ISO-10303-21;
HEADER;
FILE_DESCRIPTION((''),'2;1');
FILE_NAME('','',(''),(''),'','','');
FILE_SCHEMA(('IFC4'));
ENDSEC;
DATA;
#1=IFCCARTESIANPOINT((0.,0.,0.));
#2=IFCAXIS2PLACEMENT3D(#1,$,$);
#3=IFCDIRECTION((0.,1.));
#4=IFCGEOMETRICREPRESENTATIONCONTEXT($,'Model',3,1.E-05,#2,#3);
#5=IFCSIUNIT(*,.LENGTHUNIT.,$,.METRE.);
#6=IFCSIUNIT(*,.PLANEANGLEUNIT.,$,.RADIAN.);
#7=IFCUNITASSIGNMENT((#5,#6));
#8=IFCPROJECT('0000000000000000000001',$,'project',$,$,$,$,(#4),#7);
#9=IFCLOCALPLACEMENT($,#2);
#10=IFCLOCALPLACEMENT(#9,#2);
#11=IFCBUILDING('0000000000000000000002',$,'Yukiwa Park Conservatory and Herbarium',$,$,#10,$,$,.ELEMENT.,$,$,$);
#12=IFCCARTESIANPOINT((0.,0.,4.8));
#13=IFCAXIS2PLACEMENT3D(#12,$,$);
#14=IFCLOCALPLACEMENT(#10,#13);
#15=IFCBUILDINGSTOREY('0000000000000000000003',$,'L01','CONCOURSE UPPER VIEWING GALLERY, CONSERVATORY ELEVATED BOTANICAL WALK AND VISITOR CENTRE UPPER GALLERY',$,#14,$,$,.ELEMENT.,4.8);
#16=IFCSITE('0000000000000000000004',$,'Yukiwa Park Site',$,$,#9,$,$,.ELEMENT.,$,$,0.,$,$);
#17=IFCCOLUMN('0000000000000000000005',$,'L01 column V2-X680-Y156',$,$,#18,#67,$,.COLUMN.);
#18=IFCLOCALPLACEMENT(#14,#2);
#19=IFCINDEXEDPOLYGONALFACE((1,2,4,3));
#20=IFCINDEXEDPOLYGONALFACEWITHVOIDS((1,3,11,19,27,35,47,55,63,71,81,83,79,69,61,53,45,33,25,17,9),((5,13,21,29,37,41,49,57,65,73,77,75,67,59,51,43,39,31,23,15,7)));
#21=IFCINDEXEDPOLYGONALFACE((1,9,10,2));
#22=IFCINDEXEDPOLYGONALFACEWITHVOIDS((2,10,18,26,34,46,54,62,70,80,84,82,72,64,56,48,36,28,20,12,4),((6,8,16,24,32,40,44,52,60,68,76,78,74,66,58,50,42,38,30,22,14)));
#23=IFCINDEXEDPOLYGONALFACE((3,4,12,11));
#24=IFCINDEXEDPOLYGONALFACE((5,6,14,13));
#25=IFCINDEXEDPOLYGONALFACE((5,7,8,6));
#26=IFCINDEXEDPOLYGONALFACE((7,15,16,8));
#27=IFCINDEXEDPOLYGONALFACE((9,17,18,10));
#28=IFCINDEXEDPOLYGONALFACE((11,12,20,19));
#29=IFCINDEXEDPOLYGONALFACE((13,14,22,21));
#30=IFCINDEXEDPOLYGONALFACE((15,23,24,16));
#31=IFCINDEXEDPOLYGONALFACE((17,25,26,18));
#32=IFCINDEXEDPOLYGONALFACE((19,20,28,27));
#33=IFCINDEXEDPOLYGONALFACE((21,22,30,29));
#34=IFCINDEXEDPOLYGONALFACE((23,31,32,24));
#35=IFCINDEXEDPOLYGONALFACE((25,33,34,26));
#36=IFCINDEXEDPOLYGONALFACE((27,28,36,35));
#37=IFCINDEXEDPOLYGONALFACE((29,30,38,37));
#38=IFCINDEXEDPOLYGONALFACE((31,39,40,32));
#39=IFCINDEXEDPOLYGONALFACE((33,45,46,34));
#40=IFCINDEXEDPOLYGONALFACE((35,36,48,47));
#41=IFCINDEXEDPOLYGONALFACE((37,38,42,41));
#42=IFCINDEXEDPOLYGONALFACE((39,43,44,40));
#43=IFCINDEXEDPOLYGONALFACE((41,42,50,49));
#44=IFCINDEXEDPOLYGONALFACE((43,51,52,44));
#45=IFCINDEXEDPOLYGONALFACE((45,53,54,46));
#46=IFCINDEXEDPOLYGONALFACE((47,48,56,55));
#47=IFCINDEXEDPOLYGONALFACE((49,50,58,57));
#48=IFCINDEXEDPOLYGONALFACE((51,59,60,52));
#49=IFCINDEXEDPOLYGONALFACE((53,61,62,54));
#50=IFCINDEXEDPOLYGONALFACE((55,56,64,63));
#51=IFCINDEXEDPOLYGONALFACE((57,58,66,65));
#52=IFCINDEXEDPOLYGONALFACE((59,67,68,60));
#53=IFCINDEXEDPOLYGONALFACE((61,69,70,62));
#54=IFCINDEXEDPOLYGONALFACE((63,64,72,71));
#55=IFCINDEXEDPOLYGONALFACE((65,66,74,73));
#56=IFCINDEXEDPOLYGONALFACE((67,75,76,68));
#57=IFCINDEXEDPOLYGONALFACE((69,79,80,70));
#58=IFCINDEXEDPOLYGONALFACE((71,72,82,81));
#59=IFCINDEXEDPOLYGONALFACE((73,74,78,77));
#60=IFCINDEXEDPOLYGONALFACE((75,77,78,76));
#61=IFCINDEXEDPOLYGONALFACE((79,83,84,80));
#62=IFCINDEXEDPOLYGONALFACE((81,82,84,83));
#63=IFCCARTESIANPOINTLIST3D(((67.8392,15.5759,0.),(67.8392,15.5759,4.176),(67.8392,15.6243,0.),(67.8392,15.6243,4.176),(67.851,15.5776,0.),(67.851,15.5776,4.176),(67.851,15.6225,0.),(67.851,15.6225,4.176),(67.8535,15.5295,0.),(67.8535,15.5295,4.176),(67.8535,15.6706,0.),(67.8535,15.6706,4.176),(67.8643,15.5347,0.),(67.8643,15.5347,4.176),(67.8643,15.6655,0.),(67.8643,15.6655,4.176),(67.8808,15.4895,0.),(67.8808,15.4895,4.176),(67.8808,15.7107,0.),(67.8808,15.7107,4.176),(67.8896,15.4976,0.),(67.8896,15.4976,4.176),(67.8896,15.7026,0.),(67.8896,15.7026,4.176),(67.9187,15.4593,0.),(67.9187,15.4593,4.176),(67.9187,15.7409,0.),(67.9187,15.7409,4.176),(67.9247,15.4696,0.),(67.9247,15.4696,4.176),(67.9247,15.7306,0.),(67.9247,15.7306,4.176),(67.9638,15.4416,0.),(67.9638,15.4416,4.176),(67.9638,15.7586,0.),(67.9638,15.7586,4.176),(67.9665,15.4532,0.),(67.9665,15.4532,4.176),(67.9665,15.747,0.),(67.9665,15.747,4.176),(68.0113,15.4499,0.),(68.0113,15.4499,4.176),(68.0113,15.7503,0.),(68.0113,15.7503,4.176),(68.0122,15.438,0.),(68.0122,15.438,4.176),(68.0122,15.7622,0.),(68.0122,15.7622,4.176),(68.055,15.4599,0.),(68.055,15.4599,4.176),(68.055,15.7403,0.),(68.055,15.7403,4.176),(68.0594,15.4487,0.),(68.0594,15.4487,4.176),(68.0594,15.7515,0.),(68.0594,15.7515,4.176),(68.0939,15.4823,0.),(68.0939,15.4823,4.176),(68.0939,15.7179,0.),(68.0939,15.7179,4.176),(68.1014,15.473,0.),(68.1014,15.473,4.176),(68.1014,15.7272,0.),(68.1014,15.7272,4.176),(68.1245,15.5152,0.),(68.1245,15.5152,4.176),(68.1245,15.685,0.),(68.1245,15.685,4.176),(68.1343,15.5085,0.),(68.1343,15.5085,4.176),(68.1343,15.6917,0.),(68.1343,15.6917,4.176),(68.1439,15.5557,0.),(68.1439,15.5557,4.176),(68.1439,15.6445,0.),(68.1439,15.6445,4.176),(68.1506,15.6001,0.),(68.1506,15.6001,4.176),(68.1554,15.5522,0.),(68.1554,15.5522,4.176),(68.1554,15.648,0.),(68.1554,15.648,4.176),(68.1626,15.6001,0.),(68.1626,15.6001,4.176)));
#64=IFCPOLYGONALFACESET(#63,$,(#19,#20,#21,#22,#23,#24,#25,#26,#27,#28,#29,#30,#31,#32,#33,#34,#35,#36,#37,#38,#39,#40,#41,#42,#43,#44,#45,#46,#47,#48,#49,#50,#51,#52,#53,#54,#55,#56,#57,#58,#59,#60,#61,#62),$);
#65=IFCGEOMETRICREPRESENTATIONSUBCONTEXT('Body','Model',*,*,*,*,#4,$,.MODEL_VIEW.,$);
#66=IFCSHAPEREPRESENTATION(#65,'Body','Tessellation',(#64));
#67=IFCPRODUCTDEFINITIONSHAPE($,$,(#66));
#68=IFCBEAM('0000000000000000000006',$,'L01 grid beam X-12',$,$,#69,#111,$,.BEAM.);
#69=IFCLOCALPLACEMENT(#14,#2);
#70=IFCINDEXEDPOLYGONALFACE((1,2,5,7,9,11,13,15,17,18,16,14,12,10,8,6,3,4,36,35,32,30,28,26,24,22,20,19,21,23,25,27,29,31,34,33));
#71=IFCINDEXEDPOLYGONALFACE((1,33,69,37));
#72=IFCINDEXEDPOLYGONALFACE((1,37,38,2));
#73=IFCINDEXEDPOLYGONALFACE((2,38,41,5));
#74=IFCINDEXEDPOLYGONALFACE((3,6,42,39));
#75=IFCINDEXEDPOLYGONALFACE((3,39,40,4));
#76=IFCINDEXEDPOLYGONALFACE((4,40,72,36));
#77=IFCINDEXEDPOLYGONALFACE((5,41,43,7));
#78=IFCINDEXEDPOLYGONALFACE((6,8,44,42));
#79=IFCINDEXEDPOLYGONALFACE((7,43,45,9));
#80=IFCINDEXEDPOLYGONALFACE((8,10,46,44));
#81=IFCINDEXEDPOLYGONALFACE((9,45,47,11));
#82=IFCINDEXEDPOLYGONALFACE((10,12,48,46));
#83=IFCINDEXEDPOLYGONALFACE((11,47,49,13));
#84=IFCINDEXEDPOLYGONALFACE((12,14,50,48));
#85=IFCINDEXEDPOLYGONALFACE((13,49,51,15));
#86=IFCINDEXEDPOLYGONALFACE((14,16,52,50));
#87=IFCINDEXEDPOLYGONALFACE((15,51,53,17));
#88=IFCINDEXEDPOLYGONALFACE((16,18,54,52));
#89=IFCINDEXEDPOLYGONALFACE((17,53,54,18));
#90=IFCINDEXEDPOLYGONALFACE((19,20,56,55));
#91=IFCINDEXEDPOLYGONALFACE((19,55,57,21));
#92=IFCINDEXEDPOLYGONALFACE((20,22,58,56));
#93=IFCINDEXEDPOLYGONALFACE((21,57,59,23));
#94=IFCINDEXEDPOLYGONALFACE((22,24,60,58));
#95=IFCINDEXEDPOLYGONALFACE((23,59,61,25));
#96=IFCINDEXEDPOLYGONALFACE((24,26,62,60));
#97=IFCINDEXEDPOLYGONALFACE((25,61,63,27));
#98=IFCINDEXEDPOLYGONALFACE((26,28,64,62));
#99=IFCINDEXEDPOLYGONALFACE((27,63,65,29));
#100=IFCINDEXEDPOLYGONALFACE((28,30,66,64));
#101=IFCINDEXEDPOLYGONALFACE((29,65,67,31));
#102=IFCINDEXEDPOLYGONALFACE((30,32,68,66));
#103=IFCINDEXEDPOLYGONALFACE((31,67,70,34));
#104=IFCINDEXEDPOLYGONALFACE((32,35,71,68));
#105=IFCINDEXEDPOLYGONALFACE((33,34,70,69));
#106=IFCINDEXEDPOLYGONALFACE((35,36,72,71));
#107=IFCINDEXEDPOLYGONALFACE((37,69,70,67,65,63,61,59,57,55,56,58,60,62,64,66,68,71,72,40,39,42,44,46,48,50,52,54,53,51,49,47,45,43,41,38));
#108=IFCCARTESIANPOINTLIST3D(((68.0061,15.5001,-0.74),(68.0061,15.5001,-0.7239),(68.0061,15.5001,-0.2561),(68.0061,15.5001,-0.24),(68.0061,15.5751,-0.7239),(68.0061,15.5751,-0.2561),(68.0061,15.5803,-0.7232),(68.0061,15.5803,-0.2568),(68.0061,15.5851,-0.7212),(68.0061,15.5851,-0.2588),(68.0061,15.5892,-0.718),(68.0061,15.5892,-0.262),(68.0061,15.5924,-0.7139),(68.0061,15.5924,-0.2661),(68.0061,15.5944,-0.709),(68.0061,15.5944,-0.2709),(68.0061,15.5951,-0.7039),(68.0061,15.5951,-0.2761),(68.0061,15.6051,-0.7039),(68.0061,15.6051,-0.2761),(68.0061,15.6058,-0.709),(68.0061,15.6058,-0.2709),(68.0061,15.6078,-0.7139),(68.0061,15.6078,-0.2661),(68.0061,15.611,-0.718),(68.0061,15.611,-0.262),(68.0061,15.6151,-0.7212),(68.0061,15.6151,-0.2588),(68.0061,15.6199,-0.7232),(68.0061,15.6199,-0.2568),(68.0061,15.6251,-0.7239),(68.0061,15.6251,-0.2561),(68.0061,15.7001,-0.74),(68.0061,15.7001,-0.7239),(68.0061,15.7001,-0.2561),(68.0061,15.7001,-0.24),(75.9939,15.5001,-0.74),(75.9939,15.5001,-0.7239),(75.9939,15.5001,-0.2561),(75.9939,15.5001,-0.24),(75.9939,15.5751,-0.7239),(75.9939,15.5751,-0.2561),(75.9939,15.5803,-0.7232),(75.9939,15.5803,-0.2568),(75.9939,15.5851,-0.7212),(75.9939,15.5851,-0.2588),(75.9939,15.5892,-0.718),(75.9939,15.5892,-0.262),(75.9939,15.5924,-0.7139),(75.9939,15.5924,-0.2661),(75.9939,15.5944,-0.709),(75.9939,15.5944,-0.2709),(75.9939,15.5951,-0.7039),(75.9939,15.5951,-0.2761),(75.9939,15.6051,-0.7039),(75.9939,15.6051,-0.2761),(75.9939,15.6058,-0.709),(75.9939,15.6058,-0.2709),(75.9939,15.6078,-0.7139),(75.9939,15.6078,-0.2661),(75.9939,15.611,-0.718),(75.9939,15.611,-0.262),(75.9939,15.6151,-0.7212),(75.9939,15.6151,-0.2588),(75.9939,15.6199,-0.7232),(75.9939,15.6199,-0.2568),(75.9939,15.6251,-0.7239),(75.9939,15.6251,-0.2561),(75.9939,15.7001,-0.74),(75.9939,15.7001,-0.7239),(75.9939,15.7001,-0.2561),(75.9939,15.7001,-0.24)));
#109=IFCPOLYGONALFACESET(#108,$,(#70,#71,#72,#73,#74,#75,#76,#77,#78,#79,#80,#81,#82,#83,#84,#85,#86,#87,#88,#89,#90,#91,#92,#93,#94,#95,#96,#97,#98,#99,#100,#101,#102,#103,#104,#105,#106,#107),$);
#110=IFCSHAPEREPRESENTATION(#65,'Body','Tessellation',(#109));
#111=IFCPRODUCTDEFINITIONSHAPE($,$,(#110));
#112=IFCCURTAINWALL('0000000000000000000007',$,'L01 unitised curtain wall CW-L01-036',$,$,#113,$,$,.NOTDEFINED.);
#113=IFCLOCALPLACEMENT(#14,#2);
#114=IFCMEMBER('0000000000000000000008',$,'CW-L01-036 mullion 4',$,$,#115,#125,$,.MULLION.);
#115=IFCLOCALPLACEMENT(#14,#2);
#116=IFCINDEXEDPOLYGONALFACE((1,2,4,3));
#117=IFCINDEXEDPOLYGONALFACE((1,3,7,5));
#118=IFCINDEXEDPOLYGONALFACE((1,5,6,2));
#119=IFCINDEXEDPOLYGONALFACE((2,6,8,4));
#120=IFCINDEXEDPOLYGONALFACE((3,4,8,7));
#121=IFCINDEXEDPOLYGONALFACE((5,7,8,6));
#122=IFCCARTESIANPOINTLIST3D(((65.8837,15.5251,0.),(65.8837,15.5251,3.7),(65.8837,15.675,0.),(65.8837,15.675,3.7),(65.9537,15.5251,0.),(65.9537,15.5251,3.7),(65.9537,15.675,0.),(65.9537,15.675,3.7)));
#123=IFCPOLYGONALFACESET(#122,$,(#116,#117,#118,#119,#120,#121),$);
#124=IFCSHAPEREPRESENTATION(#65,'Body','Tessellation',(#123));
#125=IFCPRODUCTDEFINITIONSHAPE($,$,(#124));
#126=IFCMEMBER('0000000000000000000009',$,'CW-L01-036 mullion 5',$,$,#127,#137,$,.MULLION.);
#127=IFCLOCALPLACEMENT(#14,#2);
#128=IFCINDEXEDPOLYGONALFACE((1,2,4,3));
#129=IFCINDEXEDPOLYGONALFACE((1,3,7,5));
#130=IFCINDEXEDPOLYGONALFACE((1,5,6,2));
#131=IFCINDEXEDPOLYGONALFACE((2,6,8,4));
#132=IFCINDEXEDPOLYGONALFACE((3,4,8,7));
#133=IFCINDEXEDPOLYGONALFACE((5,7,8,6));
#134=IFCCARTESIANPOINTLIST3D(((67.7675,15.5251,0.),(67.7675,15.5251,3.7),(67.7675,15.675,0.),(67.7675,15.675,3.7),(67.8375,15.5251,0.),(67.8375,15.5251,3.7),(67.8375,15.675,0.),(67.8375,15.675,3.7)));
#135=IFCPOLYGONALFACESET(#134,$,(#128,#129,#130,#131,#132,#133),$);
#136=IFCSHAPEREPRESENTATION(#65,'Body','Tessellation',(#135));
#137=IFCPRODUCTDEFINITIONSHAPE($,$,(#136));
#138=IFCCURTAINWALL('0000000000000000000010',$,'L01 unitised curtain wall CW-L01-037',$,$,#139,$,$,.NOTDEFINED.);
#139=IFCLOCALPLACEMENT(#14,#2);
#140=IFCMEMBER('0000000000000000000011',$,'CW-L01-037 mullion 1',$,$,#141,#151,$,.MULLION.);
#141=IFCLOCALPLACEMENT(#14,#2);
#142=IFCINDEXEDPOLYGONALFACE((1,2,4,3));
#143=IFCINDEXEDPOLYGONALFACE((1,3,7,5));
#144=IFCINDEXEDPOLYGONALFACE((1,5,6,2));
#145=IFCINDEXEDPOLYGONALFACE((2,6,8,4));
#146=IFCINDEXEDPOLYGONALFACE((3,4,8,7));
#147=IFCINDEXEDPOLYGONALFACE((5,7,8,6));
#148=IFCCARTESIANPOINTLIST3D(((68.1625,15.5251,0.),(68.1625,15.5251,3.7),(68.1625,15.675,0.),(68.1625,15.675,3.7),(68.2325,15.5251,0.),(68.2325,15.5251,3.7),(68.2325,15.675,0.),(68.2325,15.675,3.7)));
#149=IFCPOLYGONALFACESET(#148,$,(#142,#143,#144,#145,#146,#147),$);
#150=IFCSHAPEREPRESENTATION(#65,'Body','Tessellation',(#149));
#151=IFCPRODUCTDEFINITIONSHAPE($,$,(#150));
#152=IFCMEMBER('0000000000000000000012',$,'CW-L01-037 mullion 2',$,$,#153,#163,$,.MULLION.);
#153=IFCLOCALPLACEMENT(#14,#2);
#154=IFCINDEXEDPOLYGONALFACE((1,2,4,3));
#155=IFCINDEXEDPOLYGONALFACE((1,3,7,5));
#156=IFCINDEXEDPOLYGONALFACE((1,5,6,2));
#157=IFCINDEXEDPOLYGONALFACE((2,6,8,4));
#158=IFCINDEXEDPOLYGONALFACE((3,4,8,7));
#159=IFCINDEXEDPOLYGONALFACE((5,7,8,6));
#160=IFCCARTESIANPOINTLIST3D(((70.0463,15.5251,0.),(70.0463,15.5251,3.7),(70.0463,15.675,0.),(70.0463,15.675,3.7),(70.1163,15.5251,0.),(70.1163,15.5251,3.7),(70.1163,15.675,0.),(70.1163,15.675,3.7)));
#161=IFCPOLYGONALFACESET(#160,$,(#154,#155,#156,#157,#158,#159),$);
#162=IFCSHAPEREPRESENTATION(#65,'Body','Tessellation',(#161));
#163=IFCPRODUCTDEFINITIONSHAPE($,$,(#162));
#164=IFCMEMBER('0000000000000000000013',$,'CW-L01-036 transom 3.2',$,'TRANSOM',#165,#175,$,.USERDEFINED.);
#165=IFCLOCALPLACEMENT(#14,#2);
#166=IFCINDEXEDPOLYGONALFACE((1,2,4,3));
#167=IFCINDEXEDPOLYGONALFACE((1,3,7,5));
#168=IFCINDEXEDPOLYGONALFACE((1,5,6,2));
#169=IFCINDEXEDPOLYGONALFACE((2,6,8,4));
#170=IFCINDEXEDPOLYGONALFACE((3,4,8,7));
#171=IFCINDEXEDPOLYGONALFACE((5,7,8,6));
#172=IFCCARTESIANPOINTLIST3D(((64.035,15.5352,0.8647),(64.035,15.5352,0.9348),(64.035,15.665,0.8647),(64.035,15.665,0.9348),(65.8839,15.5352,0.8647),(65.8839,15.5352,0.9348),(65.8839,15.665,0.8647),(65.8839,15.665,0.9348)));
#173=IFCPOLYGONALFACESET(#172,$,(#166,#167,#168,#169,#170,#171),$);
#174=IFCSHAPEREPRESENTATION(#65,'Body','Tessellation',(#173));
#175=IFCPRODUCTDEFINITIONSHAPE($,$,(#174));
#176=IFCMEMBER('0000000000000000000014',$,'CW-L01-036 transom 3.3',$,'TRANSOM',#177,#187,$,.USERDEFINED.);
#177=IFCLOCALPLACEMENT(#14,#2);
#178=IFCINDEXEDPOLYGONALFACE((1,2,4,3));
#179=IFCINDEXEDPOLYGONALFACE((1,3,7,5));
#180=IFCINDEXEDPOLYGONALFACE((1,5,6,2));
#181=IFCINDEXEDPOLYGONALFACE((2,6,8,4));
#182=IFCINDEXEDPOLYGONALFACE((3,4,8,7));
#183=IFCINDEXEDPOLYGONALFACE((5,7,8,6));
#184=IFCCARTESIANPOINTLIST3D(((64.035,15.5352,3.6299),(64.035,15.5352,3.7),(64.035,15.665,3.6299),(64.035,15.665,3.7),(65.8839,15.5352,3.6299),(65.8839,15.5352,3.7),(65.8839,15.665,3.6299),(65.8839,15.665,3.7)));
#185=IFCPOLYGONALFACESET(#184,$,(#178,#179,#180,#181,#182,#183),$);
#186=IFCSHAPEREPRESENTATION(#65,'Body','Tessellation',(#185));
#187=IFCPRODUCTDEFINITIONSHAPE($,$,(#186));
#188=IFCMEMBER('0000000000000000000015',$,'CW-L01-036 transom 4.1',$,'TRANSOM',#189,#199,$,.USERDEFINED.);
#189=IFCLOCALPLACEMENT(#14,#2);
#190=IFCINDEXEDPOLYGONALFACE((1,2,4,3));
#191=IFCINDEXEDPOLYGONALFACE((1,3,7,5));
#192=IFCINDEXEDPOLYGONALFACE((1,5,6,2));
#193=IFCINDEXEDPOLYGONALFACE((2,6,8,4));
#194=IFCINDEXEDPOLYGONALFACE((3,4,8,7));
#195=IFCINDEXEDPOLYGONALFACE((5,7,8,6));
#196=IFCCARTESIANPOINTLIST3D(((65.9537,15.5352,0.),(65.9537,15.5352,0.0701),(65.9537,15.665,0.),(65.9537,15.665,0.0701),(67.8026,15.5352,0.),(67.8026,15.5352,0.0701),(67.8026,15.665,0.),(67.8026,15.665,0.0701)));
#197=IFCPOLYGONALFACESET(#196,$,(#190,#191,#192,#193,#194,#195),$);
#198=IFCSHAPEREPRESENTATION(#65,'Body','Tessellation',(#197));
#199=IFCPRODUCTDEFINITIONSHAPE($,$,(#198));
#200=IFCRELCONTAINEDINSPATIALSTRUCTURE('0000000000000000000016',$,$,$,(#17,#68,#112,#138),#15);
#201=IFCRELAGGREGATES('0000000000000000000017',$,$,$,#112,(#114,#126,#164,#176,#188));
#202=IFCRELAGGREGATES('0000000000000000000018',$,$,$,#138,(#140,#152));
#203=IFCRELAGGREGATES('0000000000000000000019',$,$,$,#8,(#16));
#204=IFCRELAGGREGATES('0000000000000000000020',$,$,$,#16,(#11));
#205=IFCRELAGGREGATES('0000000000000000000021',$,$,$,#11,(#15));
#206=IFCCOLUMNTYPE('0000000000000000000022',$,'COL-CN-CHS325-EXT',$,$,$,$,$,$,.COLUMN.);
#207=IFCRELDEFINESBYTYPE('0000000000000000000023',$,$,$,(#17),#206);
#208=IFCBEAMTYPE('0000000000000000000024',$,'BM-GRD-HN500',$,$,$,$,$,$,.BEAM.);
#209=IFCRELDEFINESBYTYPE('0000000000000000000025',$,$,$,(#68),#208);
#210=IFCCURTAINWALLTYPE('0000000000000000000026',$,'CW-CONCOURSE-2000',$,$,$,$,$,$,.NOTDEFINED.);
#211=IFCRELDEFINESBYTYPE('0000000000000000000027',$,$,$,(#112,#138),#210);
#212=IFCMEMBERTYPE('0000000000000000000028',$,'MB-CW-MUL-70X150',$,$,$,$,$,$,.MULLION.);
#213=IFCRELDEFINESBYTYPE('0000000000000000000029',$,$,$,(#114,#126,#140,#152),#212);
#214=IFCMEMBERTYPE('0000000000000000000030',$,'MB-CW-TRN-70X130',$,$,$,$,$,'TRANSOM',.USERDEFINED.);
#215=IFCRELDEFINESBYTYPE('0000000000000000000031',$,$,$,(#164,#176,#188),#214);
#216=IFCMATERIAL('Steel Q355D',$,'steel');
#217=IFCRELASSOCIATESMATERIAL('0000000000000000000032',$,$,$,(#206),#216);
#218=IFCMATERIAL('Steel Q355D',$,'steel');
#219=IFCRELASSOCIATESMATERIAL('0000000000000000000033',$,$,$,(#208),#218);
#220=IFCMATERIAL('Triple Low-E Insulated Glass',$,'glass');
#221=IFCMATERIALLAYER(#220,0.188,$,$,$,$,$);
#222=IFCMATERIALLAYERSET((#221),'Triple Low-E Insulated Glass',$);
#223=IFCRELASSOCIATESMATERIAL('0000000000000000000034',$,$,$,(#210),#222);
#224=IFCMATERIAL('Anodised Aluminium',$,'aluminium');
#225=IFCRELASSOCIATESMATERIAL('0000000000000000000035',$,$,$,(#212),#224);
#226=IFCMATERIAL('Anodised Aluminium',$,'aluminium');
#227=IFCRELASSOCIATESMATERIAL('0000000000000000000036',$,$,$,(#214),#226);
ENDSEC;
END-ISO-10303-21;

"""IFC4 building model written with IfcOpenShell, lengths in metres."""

from ifc_helpers import new_model, si_unit, direction, frame, origin, origin_2d, place, context, subcontext, project, spatial, rectangle, hollow_circle, i_section, extrude, material, layer, layer_set, material_profile, profile_set, type_object, element, aggregate, save


model = new_model("IFC4")

# Units and contexts
model_context = context("Model", 3, precision=1e-05, world=origin(), true_north=direction((0.0, 1.0)))
body_context = subcontext(model_context, "Body", "Model", "MODEL_VIEW")
ifc_project = project(units=[si_unit("LENGTHUNIT", "METRE"), si_unit("PLANEANGLEUNIT", "RADIAN")], contexts=[model_context])

# Site, building, storey
site_placement = place(None, origin())
site = spatial("IfcSite", under=ifc_project, at=site_placement, Name="Yukiwa Park Site", CompositionType="ELEMENT", RefElevation=0.0)
building_placement = place(site_placement, origin())
building = spatial("IfcBuilding", under=site, at=building_placement, Name="Yukiwa Park Conservatory and Herbarium", CompositionType="ELEMENT")
storey_placement = place(building_placement, frame((0.0, 0.0, 4.8)))
storey = spatial("IfcBuildingStorey", under=building, at=storey_placement, Name="L01", Description="CONCOURSE UPPER VIEWING GALLERY, CONSERVATORY ELEVATED BOTANICAL WALK AND VISITOR CENTRE UPPER GALLERY", CompositionType="ELEMENT", Elevation=4.8)

# Column
ifc_material_1 = material(Name="Steel Q355D", Category="steel")
ifc_material_profile_1 = material_profile(ifc_material_1, hollow_circle(Radius=0.1626, WallThickness=0.012, at=origin_2d()), Name="CHS 325x12")
ifc_profile_set_1 = profile_set([ifc_material_profile_1], Name="Steel Q355D")
column_type = type_object("IfcColumnType", Name="COL-CN-CHS325-EXT", PredefinedType="COLUMN", material=ifc_profile_set_1)
column_placement = place(storey_placement, frame((68.0, 15.6001, 0.0), z_axis=(0.0, 0.0, 1.0), x_axis=(1.0, 0.0, 0.0)))
element("IfcColumn", 1, at=column_placement, inside=storey, type_object=column_type, Name="L01 column V2-X680-Y156", PredefinedType="COLUMN", context=body_context, shape_type="SweptSolid", body=[
    extrude(hollow_circle(Radius=0.1626, WallThickness=0.012, at=origin_2d()), origin(), (0.0, 0.0, 1.0), 4.176),
])

# Beam
ifc_material_2 = material(Name="Steel Q355D", Category="steel")
ifc_material_profile_2 = material_profile(ifc_material_2, i_section(OverallWidth=0.2, OverallDepth=0.5, WebThickness=0.01, FlangeThickness=0.0161, FilletRadius=0.02, at=origin_2d()), Name="HN 500x200x10x16")
ifc_profile_set_2 = profile_set([ifc_material_profile_2], Name="Steel Q355D")
beam_type = type_object("IfcBeamType", Name="BM-GRD-HN500", PredefinedType="BEAM", material=ifc_profile_set_2)
beam_placement = place(storey_placement, frame((68.0061, 15.6001, -0.49), z_axis=(1.0, 0.0, 0.0), x_axis=(0.0, 1.0, 0.0)))
element("IfcBeam", 2, at=beam_placement, inside=storey, type_object=beam_type, Name="L01 grid beam X-12", PredefinedType="BEAM", context=body_context, shape_type="SweptSolid", body=[
    extrude(i_section(OverallWidth=0.2, OverallDepth=0.5, WebThickness=0.01, FlangeThickness=0.0161, FilletRadius=0.02, at=origin_2d()), origin(), (0.0, 0.0, 1.0), 7.9878),
])

# Curtain walls, members
ifc_material_3 = material(Name="Triple Low-E Insulated Glass", Category="glass")
ifc_layer_1 = layer(ifc_material_3, 0.188)
ifc_layer_set_1 = layer_set([ifc_layer_1], Name="Triple Low-E Insulated Glass")
curtain_wall_type = type_object("IfcCurtainWallType", Name="CW-CONCOURSE-2000", PredefinedType="NOTDEFINED", material=ifc_layer_set_1)
curtain_wall_1_placement = place(storey_placement, origin())
curtain_wall_1 = element("IfcCurtainWall", 3, at=curtain_wall_1_placement, inside=storey, type_object=curtain_wall_type, Name="L01 unitised curtain wall CW-L01-036", PredefinedType="NOTDEFINED")
ifc_material_4 = material(Name="Anodised Aluminium", Category="aluminium")
member_type_1 = type_object("IfcMemberType", Name="MB-CW-MUL-70X150", PredefinedType="MULLION", material=ifc_material_4)
member_1_placement = place(storey_placement, frame((65.9187, 15.6001, 0.0), z_axis=(0.0, 0.0, 1.0), x_axis=(1.0, 0.0, 0.0)))
member_1 = element("IfcMember", 4, at=member_1_placement, type_object=member_type_1, Name="CW-L01-036 mullion 4", PredefinedType="MULLION", context=body_context, shape_type="SweptSolid", body=[
    extrude(rectangle(XDim=0.0701, YDim=0.1499, at=origin_2d()), origin(), (0.0, 0.0, 1.0), 3.7),
])
member_2_placement = place(storey_placement, frame((67.8025, 15.6001, 0.0), z_axis=(0.0, 0.0, 1.0), x_axis=(1.0, 0.0, 0.0)))
member_2 = element("IfcMember", 5, at=member_2_placement, type_object=member_type_1, Name="CW-L01-036 mullion 5", PredefinedType="MULLION", context=body_context, shape_type="SweptSolid", body=[
    extrude(rectangle(XDim=0.0701, YDim=0.1499, at=origin_2d()), origin(), (0.0, 0.0, 1.0), 3.7),
])
curtain_wall_2_placement = place(storey_placement, origin())
curtain_wall_2 = element("IfcCurtainWall", 6, at=curtain_wall_2_placement, inside=storey, type_object=curtain_wall_type, Name="L01 unitised curtain wall CW-L01-037", PredefinedType="NOTDEFINED")
member_3_placement = place(storey_placement, frame((68.1975, 15.6001, 0.0), z_axis=(0.0, 0.0, 1.0), x_axis=(1.0, 0.0, 0.0)))
member_3 = element("IfcMember", 7, at=member_3_placement, type_object=member_type_1, Name="CW-L01-037 mullion 1", PredefinedType="MULLION", context=body_context, shape_type="SweptSolid", body=[
    extrude(rectangle(XDim=0.0701, YDim=0.1499, at=origin_2d()), origin(), (0.0, 0.0, 1.0), 3.7),
])
member_4_placement = place(storey_placement, frame((70.0813, 15.6001, 0.0), z_axis=(0.0, 0.0, 1.0), x_axis=(1.0, 0.0, 0.0)))
member_4 = element("IfcMember", 8, at=member_4_placement, type_object=member_type_1, Name="CW-L01-037 mullion 2", PredefinedType="MULLION", context=body_context, shape_type="SweptSolid", body=[
    extrude(rectangle(XDim=0.0701, YDim=0.1499, at=origin_2d()), origin(), (0.0, 0.0, 1.0), 3.7),
])

# Members
ifc_material_5 = material(Name="Anodised Aluminium", Category="aluminium")
member_type_2 = type_object("IfcMemberType", Name="MB-CW-TRN-70X130", ElementType="TRANSOM", PredefinedType="USERDEFINED", material=ifc_material_5)
member_5_placement = place(storey_placement, frame((64.9595, 15.6001, 0.8647), z_axis=(0.0, 0.0, 1.0), x_axis=(1.0, 0.0, 0.0)))
member_5 = element("IfcMember", 9, at=member_5_placement, type_object=member_type_2, Name="CW-L01-036 transom 3.2", ObjectType="TRANSOM", PredefinedType="USERDEFINED", context=body_context, shape_type="SweptSolid", body=[
    extrude(rectangle(XDim=1.8489, YDim=0.1299, at=origin_2d()), origin(), (0.0, 0.0, 1.0), 0.0701),
])
member_6_placement = place(storey_placement, frame((64.9595, 15.6001, 3.6299), z_axis=(0.0, 0.0, 1.0), x_axis=(1.0, 0.0, 0.0)))
member_6 = element("IfcMember", 10, at=member_6_placement, type_object=member_type_2, Name="CW-L01-036 transom 3.3", ObjectType="TRANSOM", PredefinedType="USERDEFINED", context=body_context, shape_type="SweptSolid", body=[
    extrude(rectangle(XDim=1.8489, YDim=0.1299, at=origin_2d()), origin(), (0.0, 0.0, 1.0), 0.0701),
])
member_7_placement = place(storey_placement, frame((66.8782, 15.6001, 0.0), z_axis=(0.0, 0.0, 1.0), x_axis=(1.0, 0.0, 0.0)))
member_7 = element("IfcMember", 11, at=member_7_placement, type_object=member_type_2, Name="CW-L01-036 transom 4.1", ObjectType="TRANSOM", PredefinedType="USERDEFINED", context=body_context, shape_type="SweptSolid", body=[
    extrude(rectangle(XDim=1.8489, YDim=0.1299, at=origin_2d()), origin(), (0.0, 0.0, 1.0), 0.0701),
])

aggregate(curtain_wall_1, [member_1, member_2, member_5, member_6, member_7])
aggregate(curtain_wall_2, [member_3, member_4])

save(model, "model.ifc")
